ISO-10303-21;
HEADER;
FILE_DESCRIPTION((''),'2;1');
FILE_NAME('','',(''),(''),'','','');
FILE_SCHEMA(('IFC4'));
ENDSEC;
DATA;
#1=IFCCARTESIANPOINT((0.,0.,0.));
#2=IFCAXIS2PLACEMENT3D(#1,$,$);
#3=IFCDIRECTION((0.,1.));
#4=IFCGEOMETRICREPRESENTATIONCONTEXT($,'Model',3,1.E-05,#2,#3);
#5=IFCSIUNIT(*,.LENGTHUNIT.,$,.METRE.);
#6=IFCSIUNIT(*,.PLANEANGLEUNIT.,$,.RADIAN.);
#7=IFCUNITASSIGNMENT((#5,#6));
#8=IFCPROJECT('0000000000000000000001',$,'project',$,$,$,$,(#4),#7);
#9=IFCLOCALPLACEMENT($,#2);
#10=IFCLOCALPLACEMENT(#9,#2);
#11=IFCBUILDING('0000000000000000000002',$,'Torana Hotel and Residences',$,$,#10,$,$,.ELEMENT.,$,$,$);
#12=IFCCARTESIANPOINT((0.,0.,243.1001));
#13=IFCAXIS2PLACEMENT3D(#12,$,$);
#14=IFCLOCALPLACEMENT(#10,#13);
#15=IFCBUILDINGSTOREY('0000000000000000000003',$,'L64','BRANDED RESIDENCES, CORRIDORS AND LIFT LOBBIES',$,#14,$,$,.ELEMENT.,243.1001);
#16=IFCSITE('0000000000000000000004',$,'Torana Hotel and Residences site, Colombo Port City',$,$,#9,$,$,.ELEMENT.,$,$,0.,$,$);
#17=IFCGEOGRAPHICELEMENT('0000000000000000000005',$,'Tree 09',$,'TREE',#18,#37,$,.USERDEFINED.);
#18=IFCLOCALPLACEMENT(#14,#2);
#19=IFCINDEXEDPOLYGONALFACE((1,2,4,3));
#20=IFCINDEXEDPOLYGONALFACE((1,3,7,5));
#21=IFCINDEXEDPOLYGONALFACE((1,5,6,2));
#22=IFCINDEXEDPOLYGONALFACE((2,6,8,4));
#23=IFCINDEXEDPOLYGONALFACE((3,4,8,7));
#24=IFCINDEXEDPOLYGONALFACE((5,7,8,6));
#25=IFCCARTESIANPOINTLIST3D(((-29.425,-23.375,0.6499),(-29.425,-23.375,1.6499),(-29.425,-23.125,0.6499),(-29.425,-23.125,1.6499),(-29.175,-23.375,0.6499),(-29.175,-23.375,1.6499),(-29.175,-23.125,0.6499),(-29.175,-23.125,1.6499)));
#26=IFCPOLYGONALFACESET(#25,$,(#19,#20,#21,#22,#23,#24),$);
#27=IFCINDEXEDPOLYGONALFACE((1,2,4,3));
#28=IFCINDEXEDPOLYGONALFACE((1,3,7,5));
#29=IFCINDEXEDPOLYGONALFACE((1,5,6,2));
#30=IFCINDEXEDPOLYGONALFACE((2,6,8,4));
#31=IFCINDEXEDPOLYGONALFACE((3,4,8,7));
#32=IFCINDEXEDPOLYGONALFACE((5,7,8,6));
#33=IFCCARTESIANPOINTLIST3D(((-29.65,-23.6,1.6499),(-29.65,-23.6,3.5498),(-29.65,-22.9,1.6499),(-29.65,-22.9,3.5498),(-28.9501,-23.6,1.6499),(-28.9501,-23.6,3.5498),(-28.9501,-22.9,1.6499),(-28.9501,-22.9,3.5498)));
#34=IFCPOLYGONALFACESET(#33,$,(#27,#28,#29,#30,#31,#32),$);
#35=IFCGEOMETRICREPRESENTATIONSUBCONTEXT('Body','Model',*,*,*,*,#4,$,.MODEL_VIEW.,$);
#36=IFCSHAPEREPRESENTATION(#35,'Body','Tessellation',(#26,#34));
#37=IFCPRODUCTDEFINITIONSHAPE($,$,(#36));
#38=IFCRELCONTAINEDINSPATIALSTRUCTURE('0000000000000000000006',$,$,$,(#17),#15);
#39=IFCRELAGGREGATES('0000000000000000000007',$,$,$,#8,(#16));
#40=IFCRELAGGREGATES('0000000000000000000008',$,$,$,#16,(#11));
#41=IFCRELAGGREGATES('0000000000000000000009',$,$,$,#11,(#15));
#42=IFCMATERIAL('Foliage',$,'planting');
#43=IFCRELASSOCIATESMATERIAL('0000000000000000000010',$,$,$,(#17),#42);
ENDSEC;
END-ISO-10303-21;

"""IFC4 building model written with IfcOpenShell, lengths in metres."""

from ifc_helpers import new_model, si_unit, direction, frame, origin, origin_2d, place, context, subcontext, project, spatial, rectangle, extrude, material, element, save


model = new_model("IFC4")

# Units and contexts
model_context = context("Model", 3, precision=1e-05, world=origin(), true_north=direction((0.0, 1.0)))
body_context = subcontext(model_context, "Body", "Model", "MODEL_VIEW")
ifc_project = project(units=[si_unit("LENGTHUNIT", "METRE"), si_unit("PLANEANGLEUNIT", "RADIAN")], contexts=[model_context])

# Site, building, storey
site_placement = place(None, origin())
site = spatial("IfcSite", under=ifc_project, at=site_placement, Name="Torana Hotel and Residences site, Colombo Port City", CompositionType="ELEMENT", RefElevation=0.0)
building_placement = place(site_placement, origin())
building = spatial("IfcBuilding", under=site, at=building_placement, Name="Torana Hotel and Residences", CompositionType="ELEMENT")
storey_placement = place(building_placement, frame((0.0, 0.0, 243.1001)))
storey = spatial("IfcBuildingStorey", under=building, at=storey_placement, Name="L64", Description="BRANDED RESIDENCES, CORRIDORS AND LIFT LOBBIES", CompositionType="ELEMENT", Elevation=243.1001)

# Geographic element
ifc_material_1 = material(Name="Foliage", Category="planting")
geographic_element_placement = place(storey_placement, frame((-29.3, -23.25, 0.6499), z_axis=(0.0, 0.0, 1.0), x_axis=(1.0, 0.0, 0.0)))
element("IfcGeographicElement", 1, at=geographic_element_placement, inside=storey, material=ifc_material_1, Name="Tree 09", ObjectType="TREE", PredefinedType="USERDEFINED", context=body_context, shape_type="SweptSolid", body=[
    extrude(rectangle(XDim=0.25, YDim=0.25, at=origin_2d()), origin(), (0.0, 0.0, 1.0), 1.0),
    extrude(rectangle(XDim=0.7, YDim=0.7, at=origin_2d()), frame((0.0, 0.0, 1.0)), (0.0, 0.0, 1.0), 1.8999),
])

save(model, "model.ifc")
